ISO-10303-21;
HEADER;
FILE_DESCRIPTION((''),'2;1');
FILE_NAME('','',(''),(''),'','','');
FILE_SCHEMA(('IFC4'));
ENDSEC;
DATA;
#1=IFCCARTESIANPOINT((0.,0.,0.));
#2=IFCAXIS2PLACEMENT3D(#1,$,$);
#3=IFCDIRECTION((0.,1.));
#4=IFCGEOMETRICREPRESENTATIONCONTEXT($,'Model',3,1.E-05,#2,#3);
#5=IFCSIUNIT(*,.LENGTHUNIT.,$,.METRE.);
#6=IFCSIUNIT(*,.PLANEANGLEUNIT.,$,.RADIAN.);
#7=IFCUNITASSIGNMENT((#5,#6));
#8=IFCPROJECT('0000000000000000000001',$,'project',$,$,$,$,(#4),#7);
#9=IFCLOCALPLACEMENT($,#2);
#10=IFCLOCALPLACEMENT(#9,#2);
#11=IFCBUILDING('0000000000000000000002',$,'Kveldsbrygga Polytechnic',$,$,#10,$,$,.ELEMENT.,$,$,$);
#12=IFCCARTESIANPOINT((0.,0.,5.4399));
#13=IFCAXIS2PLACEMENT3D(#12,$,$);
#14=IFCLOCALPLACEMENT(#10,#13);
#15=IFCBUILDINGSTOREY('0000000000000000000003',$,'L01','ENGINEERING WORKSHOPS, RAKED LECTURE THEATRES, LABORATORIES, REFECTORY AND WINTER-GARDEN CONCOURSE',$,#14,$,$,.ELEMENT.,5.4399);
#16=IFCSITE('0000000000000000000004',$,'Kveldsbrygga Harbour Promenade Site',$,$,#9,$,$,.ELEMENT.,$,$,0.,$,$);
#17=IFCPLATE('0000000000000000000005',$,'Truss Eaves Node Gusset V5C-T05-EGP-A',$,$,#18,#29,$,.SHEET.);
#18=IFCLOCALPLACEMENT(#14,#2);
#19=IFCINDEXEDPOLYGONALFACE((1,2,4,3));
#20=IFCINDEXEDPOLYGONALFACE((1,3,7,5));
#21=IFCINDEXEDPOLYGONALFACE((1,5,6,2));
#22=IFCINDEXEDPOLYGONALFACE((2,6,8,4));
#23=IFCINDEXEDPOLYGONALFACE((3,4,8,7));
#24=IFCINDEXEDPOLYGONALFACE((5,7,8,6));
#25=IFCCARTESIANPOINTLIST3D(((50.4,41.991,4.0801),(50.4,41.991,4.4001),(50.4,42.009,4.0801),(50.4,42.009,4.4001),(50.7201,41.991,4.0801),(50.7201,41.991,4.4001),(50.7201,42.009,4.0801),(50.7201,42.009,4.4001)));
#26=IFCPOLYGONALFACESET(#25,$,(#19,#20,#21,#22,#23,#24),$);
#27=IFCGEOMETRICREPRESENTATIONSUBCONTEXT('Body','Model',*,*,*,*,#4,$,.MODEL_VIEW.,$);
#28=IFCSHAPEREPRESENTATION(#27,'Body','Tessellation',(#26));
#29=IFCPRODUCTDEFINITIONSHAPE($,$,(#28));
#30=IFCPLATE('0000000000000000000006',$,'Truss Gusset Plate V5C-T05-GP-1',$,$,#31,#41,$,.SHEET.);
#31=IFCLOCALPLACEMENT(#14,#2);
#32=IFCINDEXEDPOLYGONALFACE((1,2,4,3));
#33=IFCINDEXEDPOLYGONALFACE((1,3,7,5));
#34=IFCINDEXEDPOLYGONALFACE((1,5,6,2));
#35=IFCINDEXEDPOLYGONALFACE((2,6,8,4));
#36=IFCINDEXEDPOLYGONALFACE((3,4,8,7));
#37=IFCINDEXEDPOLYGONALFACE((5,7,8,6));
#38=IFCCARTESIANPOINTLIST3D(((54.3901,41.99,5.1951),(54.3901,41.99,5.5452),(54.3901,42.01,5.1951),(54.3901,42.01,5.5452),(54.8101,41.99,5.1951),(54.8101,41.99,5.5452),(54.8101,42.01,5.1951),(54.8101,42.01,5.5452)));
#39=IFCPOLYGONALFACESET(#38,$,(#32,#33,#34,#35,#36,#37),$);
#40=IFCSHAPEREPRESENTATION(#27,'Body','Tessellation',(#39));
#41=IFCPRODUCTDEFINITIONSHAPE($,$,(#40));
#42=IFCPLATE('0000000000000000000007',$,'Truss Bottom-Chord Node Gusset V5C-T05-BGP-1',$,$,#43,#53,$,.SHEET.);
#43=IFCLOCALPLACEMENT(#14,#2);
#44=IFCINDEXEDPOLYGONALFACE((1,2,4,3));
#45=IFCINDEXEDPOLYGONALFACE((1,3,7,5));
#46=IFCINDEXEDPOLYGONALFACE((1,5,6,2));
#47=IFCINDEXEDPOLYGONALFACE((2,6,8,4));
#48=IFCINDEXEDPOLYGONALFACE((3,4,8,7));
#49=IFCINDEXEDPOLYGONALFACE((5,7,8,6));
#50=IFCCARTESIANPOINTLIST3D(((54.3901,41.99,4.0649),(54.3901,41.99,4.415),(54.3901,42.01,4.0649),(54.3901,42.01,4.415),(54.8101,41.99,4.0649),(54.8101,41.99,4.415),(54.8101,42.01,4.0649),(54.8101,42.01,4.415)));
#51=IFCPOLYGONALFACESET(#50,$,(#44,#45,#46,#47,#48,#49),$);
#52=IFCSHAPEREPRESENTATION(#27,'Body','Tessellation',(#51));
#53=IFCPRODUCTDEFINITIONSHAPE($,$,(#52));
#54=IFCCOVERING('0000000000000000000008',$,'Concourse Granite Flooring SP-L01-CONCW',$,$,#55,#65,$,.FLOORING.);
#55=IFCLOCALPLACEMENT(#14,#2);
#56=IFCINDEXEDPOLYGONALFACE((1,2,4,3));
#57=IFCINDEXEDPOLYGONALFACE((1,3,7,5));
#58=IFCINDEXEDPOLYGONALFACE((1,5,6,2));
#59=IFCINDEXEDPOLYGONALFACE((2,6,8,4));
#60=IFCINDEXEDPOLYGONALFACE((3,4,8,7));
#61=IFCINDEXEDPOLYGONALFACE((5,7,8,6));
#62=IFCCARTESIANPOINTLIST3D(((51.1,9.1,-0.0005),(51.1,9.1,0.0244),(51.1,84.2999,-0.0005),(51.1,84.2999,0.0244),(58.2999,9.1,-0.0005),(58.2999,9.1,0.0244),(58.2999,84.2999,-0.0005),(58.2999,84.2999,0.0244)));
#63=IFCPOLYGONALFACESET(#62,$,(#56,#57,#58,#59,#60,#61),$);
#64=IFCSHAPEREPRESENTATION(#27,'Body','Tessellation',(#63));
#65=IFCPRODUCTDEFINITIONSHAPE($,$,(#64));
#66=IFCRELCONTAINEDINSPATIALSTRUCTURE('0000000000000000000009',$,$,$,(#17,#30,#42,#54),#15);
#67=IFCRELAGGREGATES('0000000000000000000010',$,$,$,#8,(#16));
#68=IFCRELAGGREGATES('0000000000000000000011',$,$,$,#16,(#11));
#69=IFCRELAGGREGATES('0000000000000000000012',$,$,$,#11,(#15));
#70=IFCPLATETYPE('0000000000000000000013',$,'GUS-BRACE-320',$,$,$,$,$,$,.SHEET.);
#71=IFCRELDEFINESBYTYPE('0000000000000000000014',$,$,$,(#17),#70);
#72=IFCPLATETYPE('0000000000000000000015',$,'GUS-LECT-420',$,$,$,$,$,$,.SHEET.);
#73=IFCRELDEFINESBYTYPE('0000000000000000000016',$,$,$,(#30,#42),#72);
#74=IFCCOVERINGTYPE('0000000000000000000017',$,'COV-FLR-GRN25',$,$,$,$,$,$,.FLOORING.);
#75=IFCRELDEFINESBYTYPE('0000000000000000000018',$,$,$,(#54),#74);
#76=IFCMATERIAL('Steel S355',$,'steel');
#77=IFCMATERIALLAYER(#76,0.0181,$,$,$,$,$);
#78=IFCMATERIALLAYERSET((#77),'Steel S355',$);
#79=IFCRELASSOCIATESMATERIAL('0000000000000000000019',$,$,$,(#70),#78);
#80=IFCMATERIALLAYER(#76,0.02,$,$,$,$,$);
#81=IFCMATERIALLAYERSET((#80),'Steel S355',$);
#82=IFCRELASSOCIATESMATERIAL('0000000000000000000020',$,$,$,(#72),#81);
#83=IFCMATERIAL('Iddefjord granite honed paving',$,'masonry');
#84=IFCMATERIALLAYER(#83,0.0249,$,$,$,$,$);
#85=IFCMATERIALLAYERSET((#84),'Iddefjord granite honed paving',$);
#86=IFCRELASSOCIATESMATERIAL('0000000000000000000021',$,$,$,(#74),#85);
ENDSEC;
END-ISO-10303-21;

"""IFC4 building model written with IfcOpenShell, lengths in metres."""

from ifc_helpers import new_model, si_unit, direction, frame, origin, origin_2d, place, context, subcontext, project, spatial, rectangle, extrude, material, layer, layer_set, type_object, element, save


model = new_model("IFC4")

# Units and contexts
model_context = context("Model", 3, precision=1e-05, world=origin(), true_north=direction((0.0, 1.0)))
body_context = subcontext(model_context, "Body", "Model", "MODEL_VIEW")
ifc_project = project(units=[si_unit("LENGTHUNIT", "METRE"), si_unit("PLANEANGLEUNIT", "RADIAN")], contexts=[model_context])

# Site, building, storey
site_placement = place(None, origin())
site = spatial("IfcSite", under=ifc_project, at=site_placement, Name="Kveldsbrygga Harbour Promenade Site", CompositionType="ELEMENT", RefElevation=0.0)
building_placement = place(site_placement, origin())
building = spatial("IfcBuilding", under=site, at=building_placement, Name="Kveldsbrygga Polytechnic", CompositionType="ELEMENT")
storey_placement = place(building_placement, frame((0.0, 0.0, 5.4399)))
storey = spatial("IfcBuildingStorey", under=building, at=storey_placement, Name="L01", Description="ENGINEERING WORKSHOPS, RAKED LECTURE THEATRES, LABORATORIES, REFECTORY AND WINTER-GARDEN CONCOURSE", CompositionType="ELEMENT", Elevation=5.4399)

# Shared definitions
ifc_material_1 = material(Name="Steel S355", Category="steel")

# Plates
ifc_layer_1 = layer(ifc_material_1, 0.0181)
ifc_layer_set_1 = layer_set([ifc_layer_1], Name="Steel S355")
plate_type_1 = type_object("IfcPlateType", Name="GUS-BRACE-320", PredefinedType="SHEET", material=ifc_layer_set_1)
plate_1_placement = place(storey_placement, frame((50.5601, 42.0, 4.0801), z_axis=(0.0, 0.0, 1.0), x_axis=(1.0, 0.0, 0.0)))
element("IfcPlate", 1, at=plate_1_placement, inside=storey, type_object=plate_type_1, Name="Truss Eaves Node Gusset V5C-T05-EGP-A", PredefinedType="SHEET", context=body_context, shape_type="SweptSolid", body=[
    extrude(rectangle(XDim=0.3201, YDim=0.0181, at=origin_2d()), origin(), (0.0, 0.0, 1.0), 0.3201),
])
ifc_layer_2 = layer(ifc_material_1, 0.02)
ifc_layer_set_2 = layer_set([ifc_layer_2], Name="Steel S355")
plate_type_2 = type_object("IfcPlateType", Name="GUS-LECT-420", PredefinedType="SHEET", material=ifc_layer_set_2)
for number, where, z_axis, x_axis, name in (
    (2, (54.6001, 42.0, 5.1951), (0.0, 0.0, 1.0), (1.0, 0.0, 0.0), "Truss Gusset Plate V5C-T05-GP-1"),
    (3, (54.6001, 42.0, 4.0649), (0.0, 0.0, 1.0), (1.0, 0.0, 0.0), "Truss Bottom-Chord Node Gusset V5C-T05-BGP-1"),
):
    element("IfcPlate", number, at=place(storey_placement, frame(where, z_axis=z_axis, x_axis=x_axis)), inside=storey, type_object=plate_type_2, Name=name, PredefinedType="SHEET", context=body_context, shape_type="SweptSolid", body=[
        extrude(rectangle(XDim=0.4199, YDim=0.02, at=origin_2d()), origin(), (0.0, 0.0, 1.0), 0.3501),
    ])

# Covering
ifc_material_2 = material(Name="Iddefjord granite honed paving", Category="masonry")
ifc_layer_3 = layer(ifc_material_2, 0.0249)
ifc_layer_set_3 = layer_set([ifc_layer_3], Name="Iddefjord granite honed paving")
covering_type = type_object("IfcCoveringType", Name="COV-FLR-GRN25", PredefinedType="FLOORING", material=ifc_layer_set_3)
covering_placement = place(storey_placement, frame((54.7, 46.7, -0.0005), z_axis=(0.0, 0.0, 1.0), x_axis=(1.0, 0.0, 0.0)))
element("IfcCovering", 4, at=covering_placement, inside=storey, type_object=covering_type, Name="Concourse Granite Flooring SP-L01-CONCW", PredefinedType="FLOORING", context=body_context, shape_type="SweptSolid", body=[
    extrude(rectangle(XDim=7.2, YDim=75.2, at=origin_2d()), origin(), (0.0, 0.0, 1.0), 0.0249),
])

save(model, "model.ifc")
